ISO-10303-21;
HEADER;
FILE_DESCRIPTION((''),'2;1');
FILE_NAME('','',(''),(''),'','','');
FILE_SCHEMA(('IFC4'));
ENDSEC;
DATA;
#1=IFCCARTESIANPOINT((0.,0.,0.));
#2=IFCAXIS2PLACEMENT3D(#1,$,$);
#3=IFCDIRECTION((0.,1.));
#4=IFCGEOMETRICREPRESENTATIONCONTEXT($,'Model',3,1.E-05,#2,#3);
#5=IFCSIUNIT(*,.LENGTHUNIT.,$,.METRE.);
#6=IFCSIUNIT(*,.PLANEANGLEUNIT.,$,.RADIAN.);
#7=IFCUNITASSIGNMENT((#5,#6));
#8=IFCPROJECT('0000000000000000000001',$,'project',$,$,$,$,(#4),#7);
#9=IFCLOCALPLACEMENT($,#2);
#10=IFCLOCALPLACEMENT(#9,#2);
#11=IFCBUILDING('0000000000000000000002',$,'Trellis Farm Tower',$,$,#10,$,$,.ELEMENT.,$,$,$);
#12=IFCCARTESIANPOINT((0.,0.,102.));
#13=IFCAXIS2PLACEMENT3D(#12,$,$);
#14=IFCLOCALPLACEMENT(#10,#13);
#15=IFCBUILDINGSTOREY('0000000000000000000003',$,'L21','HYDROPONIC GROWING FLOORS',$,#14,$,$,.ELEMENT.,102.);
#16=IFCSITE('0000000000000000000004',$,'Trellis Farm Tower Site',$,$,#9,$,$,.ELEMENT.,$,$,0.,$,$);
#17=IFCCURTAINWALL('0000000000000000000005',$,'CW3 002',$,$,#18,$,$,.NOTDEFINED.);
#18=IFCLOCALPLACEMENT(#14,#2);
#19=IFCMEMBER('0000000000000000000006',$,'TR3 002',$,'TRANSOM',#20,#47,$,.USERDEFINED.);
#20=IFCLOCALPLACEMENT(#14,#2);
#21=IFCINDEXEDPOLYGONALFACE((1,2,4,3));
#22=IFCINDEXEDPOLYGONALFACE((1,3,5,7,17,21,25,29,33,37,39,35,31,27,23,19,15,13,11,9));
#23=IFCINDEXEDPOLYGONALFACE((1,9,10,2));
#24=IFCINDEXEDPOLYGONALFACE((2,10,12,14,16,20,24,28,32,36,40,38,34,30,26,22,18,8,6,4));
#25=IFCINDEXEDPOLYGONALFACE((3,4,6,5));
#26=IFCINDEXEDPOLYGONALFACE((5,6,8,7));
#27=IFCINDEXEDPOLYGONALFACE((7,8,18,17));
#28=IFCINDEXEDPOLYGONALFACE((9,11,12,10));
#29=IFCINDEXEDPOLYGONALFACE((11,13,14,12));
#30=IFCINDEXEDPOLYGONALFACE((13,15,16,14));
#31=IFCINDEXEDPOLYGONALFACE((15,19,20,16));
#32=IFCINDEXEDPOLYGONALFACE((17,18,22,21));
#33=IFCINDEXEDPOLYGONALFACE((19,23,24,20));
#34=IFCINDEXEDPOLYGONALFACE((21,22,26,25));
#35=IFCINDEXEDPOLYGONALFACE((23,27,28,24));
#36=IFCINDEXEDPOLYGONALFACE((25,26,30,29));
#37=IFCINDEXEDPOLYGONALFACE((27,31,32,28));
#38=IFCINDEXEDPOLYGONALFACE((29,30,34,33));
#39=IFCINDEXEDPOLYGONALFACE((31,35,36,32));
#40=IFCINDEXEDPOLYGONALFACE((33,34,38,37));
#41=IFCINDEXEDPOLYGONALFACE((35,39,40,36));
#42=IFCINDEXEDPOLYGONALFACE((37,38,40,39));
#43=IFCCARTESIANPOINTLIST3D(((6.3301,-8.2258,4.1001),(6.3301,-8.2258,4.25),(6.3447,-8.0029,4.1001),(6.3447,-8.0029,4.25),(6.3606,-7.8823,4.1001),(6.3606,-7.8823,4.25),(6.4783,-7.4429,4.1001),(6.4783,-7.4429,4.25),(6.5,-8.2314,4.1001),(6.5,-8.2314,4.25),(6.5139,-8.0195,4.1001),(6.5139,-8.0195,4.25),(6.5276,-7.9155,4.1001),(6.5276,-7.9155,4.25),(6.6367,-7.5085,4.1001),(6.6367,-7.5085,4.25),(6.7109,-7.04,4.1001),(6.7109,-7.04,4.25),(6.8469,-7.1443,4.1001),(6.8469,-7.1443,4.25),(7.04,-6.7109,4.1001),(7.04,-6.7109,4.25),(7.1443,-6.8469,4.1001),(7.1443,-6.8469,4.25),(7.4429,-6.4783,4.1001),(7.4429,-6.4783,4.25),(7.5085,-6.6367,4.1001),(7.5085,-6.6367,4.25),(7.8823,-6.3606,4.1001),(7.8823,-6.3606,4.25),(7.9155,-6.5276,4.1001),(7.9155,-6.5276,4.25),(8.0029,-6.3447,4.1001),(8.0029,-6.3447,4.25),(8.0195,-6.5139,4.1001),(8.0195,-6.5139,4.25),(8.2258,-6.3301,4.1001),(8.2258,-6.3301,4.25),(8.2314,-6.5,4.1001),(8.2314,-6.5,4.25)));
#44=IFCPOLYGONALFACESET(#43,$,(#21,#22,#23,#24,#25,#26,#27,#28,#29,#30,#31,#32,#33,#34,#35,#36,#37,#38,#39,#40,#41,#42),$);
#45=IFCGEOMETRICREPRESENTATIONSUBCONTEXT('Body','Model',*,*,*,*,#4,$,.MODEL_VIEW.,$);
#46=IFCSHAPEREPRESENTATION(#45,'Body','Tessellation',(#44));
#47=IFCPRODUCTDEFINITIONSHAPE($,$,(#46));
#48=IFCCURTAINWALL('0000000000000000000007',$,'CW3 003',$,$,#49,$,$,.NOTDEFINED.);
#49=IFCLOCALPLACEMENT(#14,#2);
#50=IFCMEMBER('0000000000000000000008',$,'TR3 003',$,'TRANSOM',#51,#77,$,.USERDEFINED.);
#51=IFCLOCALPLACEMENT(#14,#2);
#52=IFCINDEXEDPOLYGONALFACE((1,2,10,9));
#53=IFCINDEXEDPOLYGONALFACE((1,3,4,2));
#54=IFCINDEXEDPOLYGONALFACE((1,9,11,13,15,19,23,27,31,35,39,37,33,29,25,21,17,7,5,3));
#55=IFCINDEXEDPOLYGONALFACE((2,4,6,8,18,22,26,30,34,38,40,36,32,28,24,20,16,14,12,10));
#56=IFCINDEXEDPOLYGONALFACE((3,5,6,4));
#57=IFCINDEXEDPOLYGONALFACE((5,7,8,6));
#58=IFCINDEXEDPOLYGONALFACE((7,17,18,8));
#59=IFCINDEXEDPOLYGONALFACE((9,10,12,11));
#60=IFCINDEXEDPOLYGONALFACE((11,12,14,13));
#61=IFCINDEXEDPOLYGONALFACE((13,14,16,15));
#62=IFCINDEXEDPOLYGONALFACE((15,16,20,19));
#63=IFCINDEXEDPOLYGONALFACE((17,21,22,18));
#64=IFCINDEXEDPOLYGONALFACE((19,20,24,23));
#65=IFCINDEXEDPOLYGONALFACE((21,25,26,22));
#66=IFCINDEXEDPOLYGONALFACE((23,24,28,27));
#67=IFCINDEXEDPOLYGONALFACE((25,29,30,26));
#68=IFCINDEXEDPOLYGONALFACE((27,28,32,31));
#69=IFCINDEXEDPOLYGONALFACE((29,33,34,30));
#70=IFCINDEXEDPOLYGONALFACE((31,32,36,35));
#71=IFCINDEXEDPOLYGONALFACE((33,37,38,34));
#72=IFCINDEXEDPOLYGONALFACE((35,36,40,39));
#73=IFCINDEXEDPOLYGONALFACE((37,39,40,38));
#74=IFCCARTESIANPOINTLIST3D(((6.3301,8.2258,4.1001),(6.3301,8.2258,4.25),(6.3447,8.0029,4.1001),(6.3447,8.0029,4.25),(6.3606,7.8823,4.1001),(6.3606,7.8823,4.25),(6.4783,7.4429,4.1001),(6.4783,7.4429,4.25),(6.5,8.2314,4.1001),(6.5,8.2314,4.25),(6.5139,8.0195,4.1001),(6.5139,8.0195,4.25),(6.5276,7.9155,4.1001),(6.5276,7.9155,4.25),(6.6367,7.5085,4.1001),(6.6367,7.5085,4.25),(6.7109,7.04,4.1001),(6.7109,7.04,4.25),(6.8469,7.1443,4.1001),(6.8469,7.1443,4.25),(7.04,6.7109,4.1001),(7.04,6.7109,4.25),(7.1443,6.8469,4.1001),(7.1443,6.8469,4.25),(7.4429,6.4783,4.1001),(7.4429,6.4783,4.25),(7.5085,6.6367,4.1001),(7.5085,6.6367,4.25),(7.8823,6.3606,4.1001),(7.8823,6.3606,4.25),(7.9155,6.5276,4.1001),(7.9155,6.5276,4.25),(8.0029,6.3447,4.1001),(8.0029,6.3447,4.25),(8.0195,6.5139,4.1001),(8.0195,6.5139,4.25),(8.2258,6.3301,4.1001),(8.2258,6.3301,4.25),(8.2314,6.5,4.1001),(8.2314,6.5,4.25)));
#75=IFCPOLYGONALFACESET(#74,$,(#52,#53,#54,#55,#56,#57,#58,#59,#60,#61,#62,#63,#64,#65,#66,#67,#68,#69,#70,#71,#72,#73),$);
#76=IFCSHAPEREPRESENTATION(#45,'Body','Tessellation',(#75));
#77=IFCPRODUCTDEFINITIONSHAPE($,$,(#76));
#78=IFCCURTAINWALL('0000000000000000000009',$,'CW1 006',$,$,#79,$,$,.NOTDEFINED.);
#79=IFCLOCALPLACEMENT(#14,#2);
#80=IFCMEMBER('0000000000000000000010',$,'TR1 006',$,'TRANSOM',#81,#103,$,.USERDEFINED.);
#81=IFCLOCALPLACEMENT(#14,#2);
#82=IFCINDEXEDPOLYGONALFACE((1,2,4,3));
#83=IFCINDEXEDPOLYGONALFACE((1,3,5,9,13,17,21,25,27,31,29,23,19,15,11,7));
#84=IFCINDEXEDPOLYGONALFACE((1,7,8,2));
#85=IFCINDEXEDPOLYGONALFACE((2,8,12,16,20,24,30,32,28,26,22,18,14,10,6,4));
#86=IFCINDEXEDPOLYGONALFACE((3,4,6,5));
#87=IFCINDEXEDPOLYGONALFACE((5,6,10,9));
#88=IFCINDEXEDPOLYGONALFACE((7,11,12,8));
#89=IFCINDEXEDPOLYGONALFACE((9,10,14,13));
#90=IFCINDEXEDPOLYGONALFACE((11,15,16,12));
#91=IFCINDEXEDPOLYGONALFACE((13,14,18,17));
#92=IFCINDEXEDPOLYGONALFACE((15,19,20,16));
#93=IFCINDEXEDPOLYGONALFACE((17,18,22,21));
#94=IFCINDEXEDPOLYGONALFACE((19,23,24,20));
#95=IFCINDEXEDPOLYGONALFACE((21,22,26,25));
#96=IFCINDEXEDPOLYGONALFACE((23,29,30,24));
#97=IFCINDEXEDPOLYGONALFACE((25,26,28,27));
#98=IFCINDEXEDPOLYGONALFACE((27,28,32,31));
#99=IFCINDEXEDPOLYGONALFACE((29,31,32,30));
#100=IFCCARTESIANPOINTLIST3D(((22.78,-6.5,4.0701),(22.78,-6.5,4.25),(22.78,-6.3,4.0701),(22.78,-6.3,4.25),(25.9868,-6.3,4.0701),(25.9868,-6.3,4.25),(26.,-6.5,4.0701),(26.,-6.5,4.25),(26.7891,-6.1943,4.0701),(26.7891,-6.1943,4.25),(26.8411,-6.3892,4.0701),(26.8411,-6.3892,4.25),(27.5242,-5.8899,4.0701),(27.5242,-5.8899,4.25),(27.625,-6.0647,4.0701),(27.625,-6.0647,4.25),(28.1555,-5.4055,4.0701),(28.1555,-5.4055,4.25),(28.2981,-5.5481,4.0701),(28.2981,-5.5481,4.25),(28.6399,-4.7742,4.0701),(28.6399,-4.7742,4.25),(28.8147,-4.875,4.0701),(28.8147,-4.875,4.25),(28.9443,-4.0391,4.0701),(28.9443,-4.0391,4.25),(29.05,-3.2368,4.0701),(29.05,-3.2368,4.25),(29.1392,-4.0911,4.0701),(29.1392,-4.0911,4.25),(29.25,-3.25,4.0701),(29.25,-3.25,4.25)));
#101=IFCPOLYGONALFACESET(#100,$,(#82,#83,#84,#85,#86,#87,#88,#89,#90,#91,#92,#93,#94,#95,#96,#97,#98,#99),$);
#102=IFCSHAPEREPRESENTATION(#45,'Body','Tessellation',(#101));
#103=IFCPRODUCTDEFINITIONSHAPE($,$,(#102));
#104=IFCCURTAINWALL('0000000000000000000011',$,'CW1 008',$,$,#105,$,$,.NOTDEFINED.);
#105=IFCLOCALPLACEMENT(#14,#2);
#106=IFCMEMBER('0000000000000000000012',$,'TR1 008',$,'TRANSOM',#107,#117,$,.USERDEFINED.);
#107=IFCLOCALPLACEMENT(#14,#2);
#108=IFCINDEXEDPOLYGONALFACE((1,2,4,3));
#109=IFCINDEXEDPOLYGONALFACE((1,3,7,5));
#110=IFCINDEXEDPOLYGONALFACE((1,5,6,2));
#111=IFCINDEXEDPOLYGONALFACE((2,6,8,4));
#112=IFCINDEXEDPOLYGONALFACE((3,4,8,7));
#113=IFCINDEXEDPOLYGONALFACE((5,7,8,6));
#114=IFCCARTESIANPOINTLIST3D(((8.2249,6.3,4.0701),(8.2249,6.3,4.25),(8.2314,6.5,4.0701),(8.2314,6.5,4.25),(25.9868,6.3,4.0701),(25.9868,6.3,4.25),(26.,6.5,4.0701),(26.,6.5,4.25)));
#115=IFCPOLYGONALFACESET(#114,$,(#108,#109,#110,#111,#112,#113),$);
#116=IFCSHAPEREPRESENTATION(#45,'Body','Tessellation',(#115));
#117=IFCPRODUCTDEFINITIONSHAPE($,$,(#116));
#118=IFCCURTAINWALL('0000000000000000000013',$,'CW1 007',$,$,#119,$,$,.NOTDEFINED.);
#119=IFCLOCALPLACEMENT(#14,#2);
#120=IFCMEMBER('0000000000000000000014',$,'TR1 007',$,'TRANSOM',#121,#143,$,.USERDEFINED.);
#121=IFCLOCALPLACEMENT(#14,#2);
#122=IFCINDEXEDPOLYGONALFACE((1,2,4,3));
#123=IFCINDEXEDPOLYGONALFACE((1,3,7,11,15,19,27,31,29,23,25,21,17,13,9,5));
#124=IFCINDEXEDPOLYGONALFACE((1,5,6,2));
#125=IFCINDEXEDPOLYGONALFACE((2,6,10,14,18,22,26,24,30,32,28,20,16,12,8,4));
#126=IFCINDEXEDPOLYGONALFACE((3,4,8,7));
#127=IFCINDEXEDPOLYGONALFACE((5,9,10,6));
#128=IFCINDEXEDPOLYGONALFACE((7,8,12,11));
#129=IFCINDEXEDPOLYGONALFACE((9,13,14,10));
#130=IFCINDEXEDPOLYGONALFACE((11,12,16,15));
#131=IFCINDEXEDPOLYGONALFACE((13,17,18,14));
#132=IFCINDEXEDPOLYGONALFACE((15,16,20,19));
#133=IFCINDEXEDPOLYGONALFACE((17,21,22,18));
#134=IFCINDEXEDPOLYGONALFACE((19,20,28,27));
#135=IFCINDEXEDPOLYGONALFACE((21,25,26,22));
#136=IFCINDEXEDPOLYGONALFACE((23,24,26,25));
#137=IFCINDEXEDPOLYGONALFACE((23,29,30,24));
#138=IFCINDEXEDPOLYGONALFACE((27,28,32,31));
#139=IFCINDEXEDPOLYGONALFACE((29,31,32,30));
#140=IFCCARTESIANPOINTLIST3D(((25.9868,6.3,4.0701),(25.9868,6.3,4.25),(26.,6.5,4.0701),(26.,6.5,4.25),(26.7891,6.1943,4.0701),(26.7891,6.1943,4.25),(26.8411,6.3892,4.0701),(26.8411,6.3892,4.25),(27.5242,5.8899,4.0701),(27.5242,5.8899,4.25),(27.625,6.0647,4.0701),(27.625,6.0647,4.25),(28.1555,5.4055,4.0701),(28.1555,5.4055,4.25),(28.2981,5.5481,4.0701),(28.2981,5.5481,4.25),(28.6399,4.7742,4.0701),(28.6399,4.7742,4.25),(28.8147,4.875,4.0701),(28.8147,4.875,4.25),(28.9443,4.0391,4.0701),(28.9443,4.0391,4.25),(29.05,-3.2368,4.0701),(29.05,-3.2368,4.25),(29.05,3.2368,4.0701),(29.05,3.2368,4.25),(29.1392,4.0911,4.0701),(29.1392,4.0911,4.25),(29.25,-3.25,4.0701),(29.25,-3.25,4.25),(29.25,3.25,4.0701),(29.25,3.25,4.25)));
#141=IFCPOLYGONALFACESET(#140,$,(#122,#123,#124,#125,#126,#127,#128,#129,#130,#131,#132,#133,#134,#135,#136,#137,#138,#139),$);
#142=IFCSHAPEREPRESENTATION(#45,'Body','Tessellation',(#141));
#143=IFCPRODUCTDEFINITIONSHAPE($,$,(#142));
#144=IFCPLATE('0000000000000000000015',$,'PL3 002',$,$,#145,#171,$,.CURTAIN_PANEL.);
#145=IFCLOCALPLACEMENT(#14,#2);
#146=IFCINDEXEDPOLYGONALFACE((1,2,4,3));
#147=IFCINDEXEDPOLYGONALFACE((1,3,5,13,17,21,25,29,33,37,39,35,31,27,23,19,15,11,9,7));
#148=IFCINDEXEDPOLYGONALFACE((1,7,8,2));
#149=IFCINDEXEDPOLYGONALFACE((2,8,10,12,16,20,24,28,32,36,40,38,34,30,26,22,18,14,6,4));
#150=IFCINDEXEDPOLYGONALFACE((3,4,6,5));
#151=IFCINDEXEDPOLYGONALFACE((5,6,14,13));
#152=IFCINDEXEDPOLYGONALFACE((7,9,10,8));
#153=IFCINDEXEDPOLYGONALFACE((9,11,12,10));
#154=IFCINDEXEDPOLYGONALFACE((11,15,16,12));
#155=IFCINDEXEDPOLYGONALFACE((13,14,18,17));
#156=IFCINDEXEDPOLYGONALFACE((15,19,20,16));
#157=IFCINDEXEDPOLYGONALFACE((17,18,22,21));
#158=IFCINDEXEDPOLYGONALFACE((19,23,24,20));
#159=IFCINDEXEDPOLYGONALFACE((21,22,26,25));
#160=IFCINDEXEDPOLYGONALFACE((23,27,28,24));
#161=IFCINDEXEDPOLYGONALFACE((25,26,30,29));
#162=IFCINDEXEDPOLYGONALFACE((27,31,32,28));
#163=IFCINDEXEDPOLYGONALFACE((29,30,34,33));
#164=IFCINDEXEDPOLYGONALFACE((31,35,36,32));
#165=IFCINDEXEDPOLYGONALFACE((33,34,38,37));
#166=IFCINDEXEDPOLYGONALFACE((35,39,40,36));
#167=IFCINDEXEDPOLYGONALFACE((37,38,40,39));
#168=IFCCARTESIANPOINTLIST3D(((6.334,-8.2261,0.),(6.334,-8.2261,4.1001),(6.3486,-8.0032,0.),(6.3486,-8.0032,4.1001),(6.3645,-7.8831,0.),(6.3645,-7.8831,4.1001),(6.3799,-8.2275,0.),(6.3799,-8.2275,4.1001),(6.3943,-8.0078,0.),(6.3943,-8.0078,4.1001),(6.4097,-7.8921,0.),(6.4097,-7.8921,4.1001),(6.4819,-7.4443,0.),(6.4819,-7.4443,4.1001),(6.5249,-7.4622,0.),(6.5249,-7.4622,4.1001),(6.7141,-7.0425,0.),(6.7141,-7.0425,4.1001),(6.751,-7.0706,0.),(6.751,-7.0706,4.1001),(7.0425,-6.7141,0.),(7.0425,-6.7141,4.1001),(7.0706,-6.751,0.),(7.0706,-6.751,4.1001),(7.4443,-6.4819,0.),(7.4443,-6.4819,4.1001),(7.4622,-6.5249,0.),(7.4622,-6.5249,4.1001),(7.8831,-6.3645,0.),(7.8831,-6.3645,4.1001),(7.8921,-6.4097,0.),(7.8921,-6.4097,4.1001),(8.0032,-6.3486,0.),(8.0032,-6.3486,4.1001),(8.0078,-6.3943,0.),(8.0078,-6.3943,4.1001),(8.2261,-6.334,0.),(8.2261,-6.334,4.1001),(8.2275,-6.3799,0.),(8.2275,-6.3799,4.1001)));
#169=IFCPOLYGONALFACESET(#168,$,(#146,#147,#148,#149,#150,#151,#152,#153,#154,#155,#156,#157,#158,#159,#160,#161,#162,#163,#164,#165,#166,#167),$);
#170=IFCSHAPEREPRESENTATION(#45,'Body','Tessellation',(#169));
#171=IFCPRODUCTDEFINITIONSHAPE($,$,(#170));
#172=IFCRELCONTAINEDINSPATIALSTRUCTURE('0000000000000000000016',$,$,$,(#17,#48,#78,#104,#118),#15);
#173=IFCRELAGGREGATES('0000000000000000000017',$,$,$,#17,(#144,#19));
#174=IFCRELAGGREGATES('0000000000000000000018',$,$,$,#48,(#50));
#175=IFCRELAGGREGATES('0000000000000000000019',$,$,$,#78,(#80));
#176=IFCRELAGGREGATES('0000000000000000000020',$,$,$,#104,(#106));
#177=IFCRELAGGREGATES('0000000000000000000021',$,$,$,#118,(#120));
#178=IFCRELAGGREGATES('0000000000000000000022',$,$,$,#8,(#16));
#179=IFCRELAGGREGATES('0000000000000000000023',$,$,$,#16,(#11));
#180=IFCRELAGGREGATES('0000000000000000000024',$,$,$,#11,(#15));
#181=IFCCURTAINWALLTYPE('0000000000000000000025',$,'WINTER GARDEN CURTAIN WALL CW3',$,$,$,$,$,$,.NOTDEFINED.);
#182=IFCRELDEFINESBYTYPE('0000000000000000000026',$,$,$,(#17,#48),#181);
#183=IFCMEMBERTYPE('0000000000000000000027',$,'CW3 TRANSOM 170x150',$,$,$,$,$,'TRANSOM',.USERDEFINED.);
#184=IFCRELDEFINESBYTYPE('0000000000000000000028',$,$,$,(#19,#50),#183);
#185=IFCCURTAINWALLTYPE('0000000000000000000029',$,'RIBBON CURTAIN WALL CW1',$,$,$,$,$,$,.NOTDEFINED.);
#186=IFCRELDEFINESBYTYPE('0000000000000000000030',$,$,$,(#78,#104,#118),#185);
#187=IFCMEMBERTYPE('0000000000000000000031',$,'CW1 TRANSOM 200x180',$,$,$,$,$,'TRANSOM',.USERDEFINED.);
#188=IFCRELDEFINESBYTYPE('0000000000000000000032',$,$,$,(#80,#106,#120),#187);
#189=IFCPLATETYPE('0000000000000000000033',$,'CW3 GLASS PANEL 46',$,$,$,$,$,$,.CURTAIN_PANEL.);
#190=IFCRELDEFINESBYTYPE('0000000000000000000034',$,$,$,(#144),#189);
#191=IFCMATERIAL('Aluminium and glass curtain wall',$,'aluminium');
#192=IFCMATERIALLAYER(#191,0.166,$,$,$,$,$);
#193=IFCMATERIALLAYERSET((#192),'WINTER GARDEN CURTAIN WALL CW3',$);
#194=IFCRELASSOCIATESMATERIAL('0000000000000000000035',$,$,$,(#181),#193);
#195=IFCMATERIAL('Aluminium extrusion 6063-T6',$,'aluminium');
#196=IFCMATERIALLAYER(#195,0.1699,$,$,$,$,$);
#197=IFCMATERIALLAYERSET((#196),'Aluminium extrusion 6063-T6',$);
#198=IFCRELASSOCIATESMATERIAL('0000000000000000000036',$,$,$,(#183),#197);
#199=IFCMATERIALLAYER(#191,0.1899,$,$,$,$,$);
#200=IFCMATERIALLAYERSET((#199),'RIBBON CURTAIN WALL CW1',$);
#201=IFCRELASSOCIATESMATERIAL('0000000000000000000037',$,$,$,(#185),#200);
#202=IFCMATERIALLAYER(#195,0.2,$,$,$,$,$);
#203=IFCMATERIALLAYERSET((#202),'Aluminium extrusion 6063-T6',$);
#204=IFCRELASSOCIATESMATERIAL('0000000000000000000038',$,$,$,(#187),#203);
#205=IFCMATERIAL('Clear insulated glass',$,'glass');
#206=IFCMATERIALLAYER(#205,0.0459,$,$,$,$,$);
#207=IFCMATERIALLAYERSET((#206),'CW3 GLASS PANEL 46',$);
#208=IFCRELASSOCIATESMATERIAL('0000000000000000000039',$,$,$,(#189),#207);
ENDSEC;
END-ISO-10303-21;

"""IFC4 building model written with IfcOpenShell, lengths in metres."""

from ifc_helpers import new_model, si_unit, direction, frame, origin, place, context, subcontext, project, spatial, polyline, outline, extrude, source, transform, mapped, material, layer, layer_set, type_object, element, aggregate, save


model = new_model("IFC4")

# Units and contexts
model_context = context("Model", 3, precision=1e-05, world=origin(), true_north=direction((0.0, 1.0)))
body_context = subcontext(model_context, "Body", "Model", "MODEL_VIEW")
ifc_project = project(units=[si_unit("LENGTHUNIT", "METRE"), si_unit("PLANEANGLEUNIT", "RADIAN")], contexts=[model_context])

# Site, building, storey
site_placement = place(None, origin())
site = spatial("IfcSite", under=ifc_project, at=site_placement, Name="Trellis Farm Tower Site", CompositionType="ELEMENT", RefElevation=0.0)
building_placement = place(site_placement, origin())
building = spatial("IfcBuilding", under=site, at=building_placement, Name="Trellis Farm Tower", CompositionType="ELEMENT")
storey_placement = place(building_placement, frame((0.0, 0.0, 102.0)))
storey = spatial("IfcBuildingStorey", under=building, at=storey_placement, Name="L21", Description="HYDROPONIC GROWING FLOORS", CompositionType="ELEMENT", Elevation=102.0)

# Curtain walls, members
ifc_material_1 = material(Name="Aluminium and glass curtain wall", Category="aluminium")
ifc_layer_1 = layer(ifc_material_1, 0.166)
ifc_layer_set_1 = layer_set([ifc_layer_1], Name="WINTER GARDEN CURTAIN WALL CW3")
curtain_wall_type_1 = type_object("IfcCurtainWallType", Name="WINTER GARDEN CURTAIN WALL CW3", PredefinedType="NOTDEFINED", material=ifc_layer_set_1)
placement_1 = place(storey_placement, origin())
curtain_wall_1 = element("IfcCurtainWall", 1, at=placement_1, inside=storey, type_object=curtain_wall_type_1, Name="CW3 002", PredefinedType="NOTDEFINED")
ifc_material_2 = material(Name="Aluminium extrusion 6063-T6", Category="aluminium")
ifc_layer_2 = layer(ifc_material_2, 0.1699)
ifc_layer_set_2 = layer_set([ifc_layer_2], Name="Aluminium extrusion 6063-T6")
member_type_1 = type_object("IfcMemberType", Name="CW3 TRANSOM 170x150", ElementType="TRANSOM", PredefinedType="USERDEFINED", material=ifc_layer_set_2)
shared_shape_1 = source(origin(), body_context, "Body", "SweptSolid", [
    extrude(outline(polyline([(6.5, -8.2314), (6.5139, -8.0195), (6.5276, -7.9155), (6.6367, -7.5085), (6.8469, -7.1443), (7.1443, -6.8469), (7.5085, -6.6367), (7.9155, -6.5276), (8.0195, -6.5139), (8.2314, -6.5), (8.2258, -6.3301), (8.0029, -6.3447), (7.8823, -6.3606), (7.4429, -6.4783), (7.04, -6.7109), (6.7109, -7.04), (6.4783, -7.4429), (6.3606, -7.8823), (6.3447, -8.0029), (6.3301, -8.2258), (6.5, -8.2314)])), origin(), (0.0, 0.0, 1.0), 0.1499),
])
placement_2 = place(storey_placement, frame((0.0, 0.0, 4.1001)))
member_1 = element("IfcMember", 2, at=placement_2, type_object=member_type_1, Name="TR3 002", ObjectType="TRANSOM", PredefinedType="USERDEFINED", context=body_context, shape_type="MappedRepresentation", body=[
    mapped(shared_shape_1, transform((0.0, 0.0, 0.0))),
])
curtain_wall_2 = element("IfcCurtainWall", 3, at=placement_1, inside=storey, type_object=curtain_wall_type_1, Name="CW3 003", PredefinedType="NOTDEFINED")
shared_shape_2 = source(origin(), body_context, "Body", "SweptSolid", [
    extrude(outline(polyline([(8.2314, 6.5), (8.0195, 6.5139), (7.9155, 6.5276), (7.5085, 6.6367), (7.1443, 6.8469), (6.8469, 7.1443), (6.6367, 7.5085), (6.5276, 7.9155), (6.5139, 8.0195), (6.5, 8.2314), (6.3301, 8.2258), (6.3447, 8.0029), (6.3606, 7.8823), (6.4783, 7.4429), (6.7109, 7.04), (7.04, 6.7109), (7.4429, 6.4783), (7.8823, 6.3606), (8.0029, 6.3447), (8.2258, 6.3301), (8.2314, 6.5)])), origin(), (0.0, 0.0, 1.0), 0.1499),
])
member_2 = element("IfcMember", 4, at=placement_2, type_object=member_type_1, Name="TR3 003", ObjectType="TRANSOM", PredefinedType="USERDEFINED", context=body_context, shape_type="MappedRepresentation", body=[
    mapped(shared_shape_2, transform((0.0, 0.0, 0.0))),
])
ifc_layer_3 = layer(ifc_material_1, 0.1899)
ifc_layer_set_3 = layer_set([ifc_layer_3], Name="RIBBON CURTAIN WALL CW1")
curtain_wall_type_2 = type_object("IfcCurtainWallType", Name="RIBBON CURTAIN WALL CW1", PredefinedType="NOTDEFINED", material=ifc_layer_set_3)
curtain_wall_3 = element("IfcCurtainWall", 5, at=placement_1, inside=storey, type_object=curtain_wall_type_2, Name="CW1 006", PredefinedType="NOTDEFINED")
ifc_layer_4 = layer(ifc_material_2, 0.2)
ifc_layer_set_4 = layer_set([ifc_layer_4], Name="Aluminium extrusion 6063-T6")
member_type_2 = type_object("IfcMemberType", Name="CW1 TRANSOM 200x180", ElementType="TRANSOM", PredefinedType="USERDEFINED", material=ifc_layer_set_4)
shared_shape_3 = source(origin(), body_context, "Body", "SweptSolid", [
    extrude(outline(polyline([(22.78, -6.5), (26.0, -6.5), (26.8411, -6.3892), (27.625, -6.0647), (28.2981, -5.5481), (28.8147, -4.875), (29.1392, -4.0911), (29.25, -3.25), (29.05, -3.2368), (28.9443, -4.0391), (28.6399, -4.7742), (28.1555, -5.4055), (27.5242, -5.8899), (26.7891, -6.1943), (25.9868, -6.3), (22.78, -6.3), (22.78, -6.5)])), origin(), (0.0, 0.0, 1.0), 0.1799),
])
placement_3 = place(storey_placement, frame((0.0, 0.0, 4.0701)))
member_3 = element("IfcMember", 6, at=placement_3, type_object=member_type_2, Name="TR1 006", ObjectType="TRANSOM", PredefinedType="USERDEFINED", context=body_context, shape_type="MappedRepresentation", body=[
    mapped(shared_shape_3, transform((0.0, 0.0, 0.0))),
])
curtain_wall_4 = element("IfcCurtainWall", 7, at=placement_1, inside=storey, type_object=curtain_wall_type_2, Name="CW1 008", PredefinedType="NOTDEFINED")
shared_shape_4 = source(origin(), body_context, "Body", "SweptSolid", [
    extrude(outline(polyline([(26.0, 6.5), (8.2314, 6.5), (8.2249, 6.3), (25.9868, 6.3), (26.0, 6.5)])), origin(), (0.0, 0.0, 1.0), 0.1799),
])
member_4 = element("IfcMember", 8, at=placement_3, type_object=member_type_2, Name="TR1 008", ObjectType="TRANSOM", PredefinedType="USERDEFINED", context=body_context, shape_type="MappedRepresentation", body=[
    mapped(shared_shape_4, transform((0.0, 0.0, 0.0))),
])
curtain_wall_5 = element("IfcCurtainWall", 9, at=placement_1, inside=storey, type_object=curtain_wall_type_2, Name="CW1 007", PredefinedType="NOTDEFINED")
shared_shape_5 = source(origin(), body_context, "Body", "SweptSolid", [
    extrude(outline(polyline([(29.25, -3.25), (29.25, 3.25), (29.1392, 4.0911), (28.8147, 4.875), (28.2981, 5.5481), (27.625, 6.0647), (26.8411, 6.3892), (26.0, 6.5), (25.9868, 6.3), (26.7891, 6.1943), (27.5242, 5.8899), (28.1555, 5.4055), (28.6399, 4.7742), (28.9443, 4.0391), (29.05, 3.2368), (29.05, -3.2368), (29.25, -3.25)])), origin(), (0.0, 0.0, 1.0), 0.1799),
])
member_5 = element("IfcMember", 10, at=placement_3, type_object=member_type_2, Name="TR1 007", ObjectType="TRANSOM", PredefinedType="USERDEFINED", context=body_context, shape_type="MappedRepresentation", body=[
    mapped(shared_shape_5, transform((0.0, 0.0, 0.0))),
])

# Plate
ifc_material_3 = material(Name="Clear insulated glass", Category="glass")
ifc_layer_5 = layer(ifc_material_3, 0.0459)
ifc_layer_set_5 = layer_set([ifc_layer_5], Name="CW3 GLASS PANEL 46")
plate_type_1 = type_object("IfcPlateType", Name="CW3 GLASS PANEL 46", PredefinedType="CURTAIN_PANEL", material=ifc_layer_set_5)
shared_shape_6 = source(origin(), body_context, "Body", "SweptSolid", [
    extrude(outline(polyline([(6.3799, -8.2275), (6.3943, -8.0078), (6.4097, -7.8921), (6.5249, -7.4622), (6.751, -7.0706), (7.0706, -6.751), (7.4622, -6.5249), (7.8921, -6.4097), (8.0078, -6.3943), (8.2275, -6.3799), (8.2261, -6.334), (8.0032, -6.3486), (7.8831, -6.3645), (7.4443, -6.4819), (7.0425, -6.7141), (6.7141, -7.0425), (6.4819, -7.4443), (6.3645, -7.8831), (6.3486, -8.0032), (6.334, -8.2261), (6.3799, -8.2275)])), origin(), (0.0, 0.0, 1.0), 4.1001),
])
plate_1 = element("IfcPlate", 11, at=placement_1, type_object=plate_type_1, Name="PL3 002", PredefinedType="CURTAIN_PANEL", context=body_context, shape_type="MappedRepresentation", body=[
    mapped(shared_shape_6, transform((0.0, 0.0, 0.0))),
])
aggregate(curtain_wall_1, [plate_1, member_1])
aggregate(curtain_wall_2, [member_2])
aggregate(curtain_wall_3, [member_3])
aggregate(curtain_wall_4, [member_4])
aggregate(curtain_wall_5, [member_5])

save(model, "model.ifc")
